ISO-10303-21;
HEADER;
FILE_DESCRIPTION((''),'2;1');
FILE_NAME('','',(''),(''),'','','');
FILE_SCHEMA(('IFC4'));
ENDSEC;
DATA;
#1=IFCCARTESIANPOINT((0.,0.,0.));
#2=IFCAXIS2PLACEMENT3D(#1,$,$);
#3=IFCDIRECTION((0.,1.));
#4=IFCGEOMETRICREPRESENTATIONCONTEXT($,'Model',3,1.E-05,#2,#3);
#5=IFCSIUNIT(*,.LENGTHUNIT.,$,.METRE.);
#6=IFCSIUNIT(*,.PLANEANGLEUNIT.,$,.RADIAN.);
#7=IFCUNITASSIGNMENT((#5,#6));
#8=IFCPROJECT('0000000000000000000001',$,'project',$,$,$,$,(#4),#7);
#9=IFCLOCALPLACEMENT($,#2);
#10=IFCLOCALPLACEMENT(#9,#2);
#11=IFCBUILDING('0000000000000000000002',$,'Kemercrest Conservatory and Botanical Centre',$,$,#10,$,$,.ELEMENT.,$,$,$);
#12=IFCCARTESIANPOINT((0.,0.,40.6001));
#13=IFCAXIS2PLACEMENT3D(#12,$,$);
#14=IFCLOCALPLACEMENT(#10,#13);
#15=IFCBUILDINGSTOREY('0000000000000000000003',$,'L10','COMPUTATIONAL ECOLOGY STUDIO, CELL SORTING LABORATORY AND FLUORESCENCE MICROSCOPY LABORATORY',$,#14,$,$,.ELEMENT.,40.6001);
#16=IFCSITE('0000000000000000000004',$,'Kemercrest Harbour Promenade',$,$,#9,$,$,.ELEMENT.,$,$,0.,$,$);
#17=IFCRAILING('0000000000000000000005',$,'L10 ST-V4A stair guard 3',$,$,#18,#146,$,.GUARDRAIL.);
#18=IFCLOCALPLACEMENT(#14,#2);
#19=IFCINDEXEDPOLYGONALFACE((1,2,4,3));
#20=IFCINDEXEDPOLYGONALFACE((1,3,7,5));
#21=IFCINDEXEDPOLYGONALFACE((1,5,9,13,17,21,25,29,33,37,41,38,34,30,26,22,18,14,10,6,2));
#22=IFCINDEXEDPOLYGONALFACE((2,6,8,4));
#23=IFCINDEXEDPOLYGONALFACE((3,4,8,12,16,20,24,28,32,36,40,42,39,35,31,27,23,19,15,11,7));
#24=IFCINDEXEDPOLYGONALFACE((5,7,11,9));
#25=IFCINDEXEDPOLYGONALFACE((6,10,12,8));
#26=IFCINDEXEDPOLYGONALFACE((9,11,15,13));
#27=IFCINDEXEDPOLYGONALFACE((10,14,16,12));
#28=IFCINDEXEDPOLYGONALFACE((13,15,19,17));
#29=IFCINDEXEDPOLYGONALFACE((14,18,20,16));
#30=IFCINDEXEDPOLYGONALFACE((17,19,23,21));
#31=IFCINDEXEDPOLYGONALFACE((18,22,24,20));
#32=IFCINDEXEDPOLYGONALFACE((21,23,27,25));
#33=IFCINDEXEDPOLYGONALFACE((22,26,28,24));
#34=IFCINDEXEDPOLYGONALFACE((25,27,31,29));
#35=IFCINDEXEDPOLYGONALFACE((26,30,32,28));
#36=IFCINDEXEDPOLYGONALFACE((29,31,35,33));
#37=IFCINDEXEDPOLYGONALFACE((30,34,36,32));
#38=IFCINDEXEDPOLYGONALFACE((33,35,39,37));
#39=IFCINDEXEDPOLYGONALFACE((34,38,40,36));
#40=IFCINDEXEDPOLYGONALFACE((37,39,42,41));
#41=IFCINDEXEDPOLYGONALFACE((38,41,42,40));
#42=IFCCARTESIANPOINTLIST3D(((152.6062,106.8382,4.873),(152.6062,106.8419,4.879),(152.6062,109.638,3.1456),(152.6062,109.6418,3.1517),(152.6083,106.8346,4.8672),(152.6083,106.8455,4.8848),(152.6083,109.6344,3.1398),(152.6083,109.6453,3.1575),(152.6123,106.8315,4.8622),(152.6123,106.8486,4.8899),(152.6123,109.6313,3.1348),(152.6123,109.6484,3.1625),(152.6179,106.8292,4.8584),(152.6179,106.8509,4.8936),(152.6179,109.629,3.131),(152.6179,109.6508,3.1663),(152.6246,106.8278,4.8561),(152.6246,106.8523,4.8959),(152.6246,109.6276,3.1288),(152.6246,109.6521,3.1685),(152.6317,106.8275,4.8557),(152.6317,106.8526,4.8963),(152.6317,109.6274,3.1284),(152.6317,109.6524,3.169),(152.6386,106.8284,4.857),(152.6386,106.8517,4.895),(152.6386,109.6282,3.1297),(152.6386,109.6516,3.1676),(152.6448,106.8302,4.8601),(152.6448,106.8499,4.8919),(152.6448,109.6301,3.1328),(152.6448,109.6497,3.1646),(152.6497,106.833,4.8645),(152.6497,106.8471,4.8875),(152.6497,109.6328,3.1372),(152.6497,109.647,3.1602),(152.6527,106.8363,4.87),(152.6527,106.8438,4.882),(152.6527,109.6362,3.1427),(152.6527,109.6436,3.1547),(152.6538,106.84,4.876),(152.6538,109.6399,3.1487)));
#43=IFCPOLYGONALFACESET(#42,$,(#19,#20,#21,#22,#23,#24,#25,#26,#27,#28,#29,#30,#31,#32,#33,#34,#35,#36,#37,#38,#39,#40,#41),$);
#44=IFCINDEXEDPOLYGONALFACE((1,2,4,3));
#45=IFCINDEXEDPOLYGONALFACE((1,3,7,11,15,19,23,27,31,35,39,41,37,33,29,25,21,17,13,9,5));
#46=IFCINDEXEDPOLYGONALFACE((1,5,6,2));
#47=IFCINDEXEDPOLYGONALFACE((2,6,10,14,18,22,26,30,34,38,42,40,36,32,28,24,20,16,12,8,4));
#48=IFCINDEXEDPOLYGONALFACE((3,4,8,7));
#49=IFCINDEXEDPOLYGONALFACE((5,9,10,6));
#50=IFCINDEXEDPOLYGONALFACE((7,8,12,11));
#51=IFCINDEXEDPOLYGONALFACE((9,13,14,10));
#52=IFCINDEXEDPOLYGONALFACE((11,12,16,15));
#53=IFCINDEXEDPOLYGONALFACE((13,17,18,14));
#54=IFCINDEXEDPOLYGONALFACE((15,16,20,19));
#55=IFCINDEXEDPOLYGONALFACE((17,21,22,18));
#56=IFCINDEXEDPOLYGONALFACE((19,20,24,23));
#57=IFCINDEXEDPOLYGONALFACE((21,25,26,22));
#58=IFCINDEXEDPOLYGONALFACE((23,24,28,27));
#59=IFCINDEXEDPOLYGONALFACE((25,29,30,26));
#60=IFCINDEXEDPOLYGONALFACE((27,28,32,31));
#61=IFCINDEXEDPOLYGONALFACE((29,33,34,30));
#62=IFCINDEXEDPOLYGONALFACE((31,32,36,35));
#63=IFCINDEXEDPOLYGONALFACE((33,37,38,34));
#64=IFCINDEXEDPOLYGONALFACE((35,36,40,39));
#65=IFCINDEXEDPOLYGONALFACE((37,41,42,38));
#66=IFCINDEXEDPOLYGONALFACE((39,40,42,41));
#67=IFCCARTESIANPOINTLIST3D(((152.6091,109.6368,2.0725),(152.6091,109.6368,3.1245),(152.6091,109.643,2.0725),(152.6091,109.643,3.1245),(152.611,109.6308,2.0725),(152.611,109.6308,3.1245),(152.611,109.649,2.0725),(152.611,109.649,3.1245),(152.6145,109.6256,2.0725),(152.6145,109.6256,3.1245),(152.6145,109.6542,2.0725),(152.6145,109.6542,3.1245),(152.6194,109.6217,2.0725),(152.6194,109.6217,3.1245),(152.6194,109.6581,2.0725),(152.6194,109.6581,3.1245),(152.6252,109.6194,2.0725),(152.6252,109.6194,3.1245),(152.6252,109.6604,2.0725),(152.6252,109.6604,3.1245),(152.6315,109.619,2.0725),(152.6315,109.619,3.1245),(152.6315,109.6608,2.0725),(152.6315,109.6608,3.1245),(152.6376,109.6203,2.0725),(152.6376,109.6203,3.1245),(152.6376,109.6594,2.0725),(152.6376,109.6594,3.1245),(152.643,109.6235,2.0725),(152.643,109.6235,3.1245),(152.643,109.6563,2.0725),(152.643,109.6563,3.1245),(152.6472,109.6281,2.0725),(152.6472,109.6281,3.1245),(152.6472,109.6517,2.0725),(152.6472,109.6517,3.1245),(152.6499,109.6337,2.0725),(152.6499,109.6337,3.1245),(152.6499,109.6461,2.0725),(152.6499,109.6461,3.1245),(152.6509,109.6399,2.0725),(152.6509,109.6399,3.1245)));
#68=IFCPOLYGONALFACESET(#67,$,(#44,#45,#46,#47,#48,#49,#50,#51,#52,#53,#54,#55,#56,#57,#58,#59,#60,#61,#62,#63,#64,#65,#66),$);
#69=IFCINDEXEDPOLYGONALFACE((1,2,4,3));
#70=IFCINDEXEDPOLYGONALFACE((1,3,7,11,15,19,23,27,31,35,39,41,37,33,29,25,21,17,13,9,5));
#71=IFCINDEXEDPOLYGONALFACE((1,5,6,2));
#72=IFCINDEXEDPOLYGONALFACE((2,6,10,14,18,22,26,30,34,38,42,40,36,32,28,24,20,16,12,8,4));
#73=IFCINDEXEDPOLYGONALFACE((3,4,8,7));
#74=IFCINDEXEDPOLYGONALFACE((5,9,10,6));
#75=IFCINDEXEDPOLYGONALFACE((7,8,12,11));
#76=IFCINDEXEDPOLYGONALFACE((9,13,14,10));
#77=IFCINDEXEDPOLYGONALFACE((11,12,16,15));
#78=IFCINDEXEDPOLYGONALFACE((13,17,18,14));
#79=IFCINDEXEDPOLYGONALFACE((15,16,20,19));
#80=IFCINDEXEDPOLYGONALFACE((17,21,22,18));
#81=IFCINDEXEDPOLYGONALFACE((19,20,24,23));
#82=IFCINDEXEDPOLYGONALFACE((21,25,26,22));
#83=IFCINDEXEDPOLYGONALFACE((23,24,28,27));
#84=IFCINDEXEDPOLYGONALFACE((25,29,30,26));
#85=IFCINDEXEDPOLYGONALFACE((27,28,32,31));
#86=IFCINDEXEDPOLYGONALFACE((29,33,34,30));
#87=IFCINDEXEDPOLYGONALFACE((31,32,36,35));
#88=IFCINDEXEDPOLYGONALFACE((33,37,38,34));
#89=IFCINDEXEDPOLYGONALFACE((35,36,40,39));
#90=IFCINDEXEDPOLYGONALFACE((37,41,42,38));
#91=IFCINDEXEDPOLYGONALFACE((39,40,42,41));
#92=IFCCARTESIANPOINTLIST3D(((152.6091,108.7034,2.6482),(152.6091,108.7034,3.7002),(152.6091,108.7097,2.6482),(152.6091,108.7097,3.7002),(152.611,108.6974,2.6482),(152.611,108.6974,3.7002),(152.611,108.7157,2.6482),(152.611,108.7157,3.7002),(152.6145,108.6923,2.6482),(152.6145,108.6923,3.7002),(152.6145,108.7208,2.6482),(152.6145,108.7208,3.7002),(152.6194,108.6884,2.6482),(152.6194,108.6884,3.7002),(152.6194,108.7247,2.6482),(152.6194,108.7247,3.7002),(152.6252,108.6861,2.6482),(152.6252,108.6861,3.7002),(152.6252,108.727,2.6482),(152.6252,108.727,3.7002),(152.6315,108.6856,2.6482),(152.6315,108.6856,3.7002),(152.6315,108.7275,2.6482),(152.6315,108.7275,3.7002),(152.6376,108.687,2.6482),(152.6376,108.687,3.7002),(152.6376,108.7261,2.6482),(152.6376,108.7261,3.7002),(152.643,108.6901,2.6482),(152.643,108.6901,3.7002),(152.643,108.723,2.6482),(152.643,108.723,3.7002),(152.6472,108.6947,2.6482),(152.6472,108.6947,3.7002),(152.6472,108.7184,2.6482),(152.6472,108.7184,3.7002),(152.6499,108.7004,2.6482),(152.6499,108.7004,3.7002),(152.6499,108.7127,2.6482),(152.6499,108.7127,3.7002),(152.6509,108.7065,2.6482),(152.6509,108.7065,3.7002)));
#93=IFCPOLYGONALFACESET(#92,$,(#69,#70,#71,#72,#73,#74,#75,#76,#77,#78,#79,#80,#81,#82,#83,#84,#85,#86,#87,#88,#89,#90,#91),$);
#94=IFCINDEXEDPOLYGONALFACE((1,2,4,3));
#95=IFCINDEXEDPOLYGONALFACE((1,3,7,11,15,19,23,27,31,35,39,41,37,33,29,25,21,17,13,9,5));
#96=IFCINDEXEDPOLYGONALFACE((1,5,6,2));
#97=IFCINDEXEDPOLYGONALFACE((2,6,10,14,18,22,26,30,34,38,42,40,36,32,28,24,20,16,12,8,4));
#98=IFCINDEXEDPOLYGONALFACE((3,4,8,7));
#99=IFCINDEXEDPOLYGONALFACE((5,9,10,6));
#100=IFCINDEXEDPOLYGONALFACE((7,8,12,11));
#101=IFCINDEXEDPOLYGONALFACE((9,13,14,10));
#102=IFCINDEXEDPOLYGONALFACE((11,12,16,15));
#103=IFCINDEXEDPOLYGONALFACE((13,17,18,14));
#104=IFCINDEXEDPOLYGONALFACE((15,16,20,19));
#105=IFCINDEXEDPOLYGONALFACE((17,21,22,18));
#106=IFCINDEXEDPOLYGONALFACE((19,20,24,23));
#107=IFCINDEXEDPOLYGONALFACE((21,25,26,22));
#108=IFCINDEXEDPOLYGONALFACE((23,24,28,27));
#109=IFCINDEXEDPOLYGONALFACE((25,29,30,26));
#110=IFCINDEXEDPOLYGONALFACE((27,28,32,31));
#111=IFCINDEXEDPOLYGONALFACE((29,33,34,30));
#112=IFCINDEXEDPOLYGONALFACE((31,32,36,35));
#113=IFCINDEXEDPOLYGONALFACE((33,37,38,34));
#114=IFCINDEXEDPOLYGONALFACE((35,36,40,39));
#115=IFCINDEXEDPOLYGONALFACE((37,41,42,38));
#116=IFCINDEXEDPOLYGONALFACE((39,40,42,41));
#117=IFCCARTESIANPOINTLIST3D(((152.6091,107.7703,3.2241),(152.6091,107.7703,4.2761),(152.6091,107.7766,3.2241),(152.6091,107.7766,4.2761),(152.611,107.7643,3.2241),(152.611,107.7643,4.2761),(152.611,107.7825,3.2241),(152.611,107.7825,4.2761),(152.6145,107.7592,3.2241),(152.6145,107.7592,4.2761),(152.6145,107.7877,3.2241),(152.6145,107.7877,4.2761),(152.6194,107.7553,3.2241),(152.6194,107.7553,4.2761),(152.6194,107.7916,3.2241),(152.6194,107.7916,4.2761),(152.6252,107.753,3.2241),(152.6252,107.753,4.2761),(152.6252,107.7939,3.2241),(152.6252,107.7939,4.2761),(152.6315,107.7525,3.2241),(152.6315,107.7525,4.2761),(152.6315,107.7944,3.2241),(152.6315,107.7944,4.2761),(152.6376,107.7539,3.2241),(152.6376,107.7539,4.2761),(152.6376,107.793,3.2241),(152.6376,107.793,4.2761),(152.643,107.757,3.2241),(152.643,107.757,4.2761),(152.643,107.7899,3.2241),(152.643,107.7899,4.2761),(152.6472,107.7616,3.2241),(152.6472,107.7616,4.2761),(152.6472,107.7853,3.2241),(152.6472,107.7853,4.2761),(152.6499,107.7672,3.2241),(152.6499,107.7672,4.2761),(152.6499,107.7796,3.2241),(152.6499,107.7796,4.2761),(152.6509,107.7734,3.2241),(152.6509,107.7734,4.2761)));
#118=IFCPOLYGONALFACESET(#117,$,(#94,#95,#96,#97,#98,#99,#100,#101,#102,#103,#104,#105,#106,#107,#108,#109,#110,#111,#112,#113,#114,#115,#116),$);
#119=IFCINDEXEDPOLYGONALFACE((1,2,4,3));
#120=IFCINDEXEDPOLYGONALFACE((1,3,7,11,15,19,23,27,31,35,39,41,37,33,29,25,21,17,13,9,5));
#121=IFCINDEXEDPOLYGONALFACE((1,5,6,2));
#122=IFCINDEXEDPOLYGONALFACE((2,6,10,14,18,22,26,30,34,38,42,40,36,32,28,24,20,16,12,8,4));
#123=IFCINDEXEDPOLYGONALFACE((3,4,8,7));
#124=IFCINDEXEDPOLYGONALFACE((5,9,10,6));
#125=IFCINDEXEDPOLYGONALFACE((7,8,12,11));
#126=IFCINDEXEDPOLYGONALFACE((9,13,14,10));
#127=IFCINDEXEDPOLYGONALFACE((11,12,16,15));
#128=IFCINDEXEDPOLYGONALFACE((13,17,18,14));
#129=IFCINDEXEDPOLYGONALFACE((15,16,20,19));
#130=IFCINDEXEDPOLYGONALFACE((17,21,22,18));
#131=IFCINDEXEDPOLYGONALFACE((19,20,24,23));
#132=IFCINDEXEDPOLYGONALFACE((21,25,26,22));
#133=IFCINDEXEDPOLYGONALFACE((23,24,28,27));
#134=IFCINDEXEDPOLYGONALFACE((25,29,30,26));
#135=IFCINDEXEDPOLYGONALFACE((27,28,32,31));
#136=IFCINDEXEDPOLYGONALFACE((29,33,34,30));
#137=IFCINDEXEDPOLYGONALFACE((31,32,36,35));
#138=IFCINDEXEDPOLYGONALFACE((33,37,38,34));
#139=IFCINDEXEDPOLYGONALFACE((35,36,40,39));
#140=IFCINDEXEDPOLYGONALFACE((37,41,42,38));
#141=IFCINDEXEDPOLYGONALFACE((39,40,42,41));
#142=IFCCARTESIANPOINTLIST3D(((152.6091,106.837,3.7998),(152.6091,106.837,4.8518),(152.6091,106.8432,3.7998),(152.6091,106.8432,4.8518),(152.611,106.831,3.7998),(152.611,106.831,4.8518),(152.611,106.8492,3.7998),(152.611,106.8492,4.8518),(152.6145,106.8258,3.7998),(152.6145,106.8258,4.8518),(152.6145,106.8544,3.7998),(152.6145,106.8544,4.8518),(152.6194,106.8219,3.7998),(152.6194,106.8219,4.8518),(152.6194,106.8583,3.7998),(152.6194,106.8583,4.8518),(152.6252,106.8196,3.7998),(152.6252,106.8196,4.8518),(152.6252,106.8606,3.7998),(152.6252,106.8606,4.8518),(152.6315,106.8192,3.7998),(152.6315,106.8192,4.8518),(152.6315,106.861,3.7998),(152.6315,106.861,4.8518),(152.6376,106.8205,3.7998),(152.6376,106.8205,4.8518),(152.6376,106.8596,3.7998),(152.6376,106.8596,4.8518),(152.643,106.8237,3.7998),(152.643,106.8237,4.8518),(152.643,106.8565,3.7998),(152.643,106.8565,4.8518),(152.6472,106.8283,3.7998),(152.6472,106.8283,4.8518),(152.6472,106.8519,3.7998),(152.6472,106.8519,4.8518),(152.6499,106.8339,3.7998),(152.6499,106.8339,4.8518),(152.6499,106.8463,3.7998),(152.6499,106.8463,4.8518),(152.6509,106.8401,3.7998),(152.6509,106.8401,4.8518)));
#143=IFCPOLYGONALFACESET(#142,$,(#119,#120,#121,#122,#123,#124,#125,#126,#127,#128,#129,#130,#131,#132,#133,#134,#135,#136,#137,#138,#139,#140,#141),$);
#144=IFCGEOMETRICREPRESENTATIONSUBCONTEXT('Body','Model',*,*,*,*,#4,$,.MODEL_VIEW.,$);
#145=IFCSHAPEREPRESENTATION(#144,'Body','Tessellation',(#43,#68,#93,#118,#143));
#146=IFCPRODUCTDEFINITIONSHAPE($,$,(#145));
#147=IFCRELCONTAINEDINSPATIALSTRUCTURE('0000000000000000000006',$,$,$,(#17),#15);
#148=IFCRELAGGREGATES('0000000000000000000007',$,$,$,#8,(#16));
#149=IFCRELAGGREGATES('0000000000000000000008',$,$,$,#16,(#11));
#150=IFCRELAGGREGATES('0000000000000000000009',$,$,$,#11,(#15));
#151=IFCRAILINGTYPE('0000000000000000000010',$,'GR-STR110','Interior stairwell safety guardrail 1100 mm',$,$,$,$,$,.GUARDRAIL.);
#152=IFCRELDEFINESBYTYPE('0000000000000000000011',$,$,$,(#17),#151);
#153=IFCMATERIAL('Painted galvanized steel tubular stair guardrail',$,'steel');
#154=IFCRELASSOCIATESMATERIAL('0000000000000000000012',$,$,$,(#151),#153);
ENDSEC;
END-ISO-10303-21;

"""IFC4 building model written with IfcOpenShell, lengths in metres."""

from ifc_helpers import new_model, si_unit, direction, frame, origin, origin_2d, place, context, subcontext, project, spatial, circle, extrude, material, type_object, element, save


model = new_model("IFC4")

# Units and contexts
model_context = context("Model", 3, precision=1e-05, world=origin(), true_north=direction((0.0, 1.0)))
body_context = subcontext(model_context, "Body", "Model", "MODEL_VIEW")
ifc_project = project(units=[si_unit("LENGTHUNIT", "METRE"), si_unit("PLANEANGLEUNIT", "RADIAN")], contexts=[model_context])

# Site, building, storey
site_placement = place(None, origin())
site = spatial("IfcSite", under=ifc_project, at=site_placement, Name="Kemercrest Harbour Promenade", CompositionType="ELEMENT", RefElevation=0.0)
building_placement = place(site_placement, origin())
building = spatial("IfcBuilding", under=site, at=building_placement, Name="Kemercrest Conservatory and Botanical Centre", CompositionType="ELEMENT")
storey_placement = place(building_placement, frame((0.0, 0.0, 40.6001)))
storey = spatial("IfcBuildingStorey", under=building, at=storey_placement, Name="L10", Description="COMPUTATIONAL ECOLOGY STUDIO, CELL SORTING LABORATORY AND FLUORESCENCE MICROSCOPY LABORATORY", CompositionType="ELEMENT", Elevation=40.6001)

# Railing
ifc_material_1 = material(Name="Painted galvanized steel tubular stair guardrail", Category="steel")
railing_type_1 = type_object("IfcRailingType", Name="GR-STR110", Description="Interior stairwell safety guardrail 1100 mm", PredefinedType="GUARDRAIL", material=ifc_material_1)
railing_1_placement = place(storey_placement, frame((152.6299, 109.6399, 2.0725)))
element("IfcRailing", 1, at=railing_1_placement, inside=storey, type_object=railing_type_1, Name="L10 ST-V4A stair guard 3", PredefinedType="GUARDRAIL", context=body_context, shape_type="SweptSolid", body=[
    extrude(circle(Radius=0.0239, at=origin_2d()), frame((0.0, 0.0, 1.0762), z_axis=(0.0, -0.851069, 0.525054), x_axis=(1.0, 0.0, 0.0)), (0.0, 0.0, 1.0), 3.2898),
    extrude(circle(Radius=0.021, at=origin_2d()), origin(), (0.0, 0.0, 1.0), 1.052),
    extrude(circle(Radius=0.021, at=origin_2d()), frame((0.0, -0.9333, 0.5757)), (0.0, 0.0, 1.0), 1.052),
    extrude(circle(Radius=0.021, at=origin_2d()), frame((0.0, -1.8665, 1.1516)), (0.0, 0.0, 1.0), 1.052),
    extrude(circle(Radius=0.021, at=origin_2d()), frame((0.0, -2.7998, 1.7273)), (0.0, 0.0, 1.0), 1.052),
])

save(model, "model.ifc")
